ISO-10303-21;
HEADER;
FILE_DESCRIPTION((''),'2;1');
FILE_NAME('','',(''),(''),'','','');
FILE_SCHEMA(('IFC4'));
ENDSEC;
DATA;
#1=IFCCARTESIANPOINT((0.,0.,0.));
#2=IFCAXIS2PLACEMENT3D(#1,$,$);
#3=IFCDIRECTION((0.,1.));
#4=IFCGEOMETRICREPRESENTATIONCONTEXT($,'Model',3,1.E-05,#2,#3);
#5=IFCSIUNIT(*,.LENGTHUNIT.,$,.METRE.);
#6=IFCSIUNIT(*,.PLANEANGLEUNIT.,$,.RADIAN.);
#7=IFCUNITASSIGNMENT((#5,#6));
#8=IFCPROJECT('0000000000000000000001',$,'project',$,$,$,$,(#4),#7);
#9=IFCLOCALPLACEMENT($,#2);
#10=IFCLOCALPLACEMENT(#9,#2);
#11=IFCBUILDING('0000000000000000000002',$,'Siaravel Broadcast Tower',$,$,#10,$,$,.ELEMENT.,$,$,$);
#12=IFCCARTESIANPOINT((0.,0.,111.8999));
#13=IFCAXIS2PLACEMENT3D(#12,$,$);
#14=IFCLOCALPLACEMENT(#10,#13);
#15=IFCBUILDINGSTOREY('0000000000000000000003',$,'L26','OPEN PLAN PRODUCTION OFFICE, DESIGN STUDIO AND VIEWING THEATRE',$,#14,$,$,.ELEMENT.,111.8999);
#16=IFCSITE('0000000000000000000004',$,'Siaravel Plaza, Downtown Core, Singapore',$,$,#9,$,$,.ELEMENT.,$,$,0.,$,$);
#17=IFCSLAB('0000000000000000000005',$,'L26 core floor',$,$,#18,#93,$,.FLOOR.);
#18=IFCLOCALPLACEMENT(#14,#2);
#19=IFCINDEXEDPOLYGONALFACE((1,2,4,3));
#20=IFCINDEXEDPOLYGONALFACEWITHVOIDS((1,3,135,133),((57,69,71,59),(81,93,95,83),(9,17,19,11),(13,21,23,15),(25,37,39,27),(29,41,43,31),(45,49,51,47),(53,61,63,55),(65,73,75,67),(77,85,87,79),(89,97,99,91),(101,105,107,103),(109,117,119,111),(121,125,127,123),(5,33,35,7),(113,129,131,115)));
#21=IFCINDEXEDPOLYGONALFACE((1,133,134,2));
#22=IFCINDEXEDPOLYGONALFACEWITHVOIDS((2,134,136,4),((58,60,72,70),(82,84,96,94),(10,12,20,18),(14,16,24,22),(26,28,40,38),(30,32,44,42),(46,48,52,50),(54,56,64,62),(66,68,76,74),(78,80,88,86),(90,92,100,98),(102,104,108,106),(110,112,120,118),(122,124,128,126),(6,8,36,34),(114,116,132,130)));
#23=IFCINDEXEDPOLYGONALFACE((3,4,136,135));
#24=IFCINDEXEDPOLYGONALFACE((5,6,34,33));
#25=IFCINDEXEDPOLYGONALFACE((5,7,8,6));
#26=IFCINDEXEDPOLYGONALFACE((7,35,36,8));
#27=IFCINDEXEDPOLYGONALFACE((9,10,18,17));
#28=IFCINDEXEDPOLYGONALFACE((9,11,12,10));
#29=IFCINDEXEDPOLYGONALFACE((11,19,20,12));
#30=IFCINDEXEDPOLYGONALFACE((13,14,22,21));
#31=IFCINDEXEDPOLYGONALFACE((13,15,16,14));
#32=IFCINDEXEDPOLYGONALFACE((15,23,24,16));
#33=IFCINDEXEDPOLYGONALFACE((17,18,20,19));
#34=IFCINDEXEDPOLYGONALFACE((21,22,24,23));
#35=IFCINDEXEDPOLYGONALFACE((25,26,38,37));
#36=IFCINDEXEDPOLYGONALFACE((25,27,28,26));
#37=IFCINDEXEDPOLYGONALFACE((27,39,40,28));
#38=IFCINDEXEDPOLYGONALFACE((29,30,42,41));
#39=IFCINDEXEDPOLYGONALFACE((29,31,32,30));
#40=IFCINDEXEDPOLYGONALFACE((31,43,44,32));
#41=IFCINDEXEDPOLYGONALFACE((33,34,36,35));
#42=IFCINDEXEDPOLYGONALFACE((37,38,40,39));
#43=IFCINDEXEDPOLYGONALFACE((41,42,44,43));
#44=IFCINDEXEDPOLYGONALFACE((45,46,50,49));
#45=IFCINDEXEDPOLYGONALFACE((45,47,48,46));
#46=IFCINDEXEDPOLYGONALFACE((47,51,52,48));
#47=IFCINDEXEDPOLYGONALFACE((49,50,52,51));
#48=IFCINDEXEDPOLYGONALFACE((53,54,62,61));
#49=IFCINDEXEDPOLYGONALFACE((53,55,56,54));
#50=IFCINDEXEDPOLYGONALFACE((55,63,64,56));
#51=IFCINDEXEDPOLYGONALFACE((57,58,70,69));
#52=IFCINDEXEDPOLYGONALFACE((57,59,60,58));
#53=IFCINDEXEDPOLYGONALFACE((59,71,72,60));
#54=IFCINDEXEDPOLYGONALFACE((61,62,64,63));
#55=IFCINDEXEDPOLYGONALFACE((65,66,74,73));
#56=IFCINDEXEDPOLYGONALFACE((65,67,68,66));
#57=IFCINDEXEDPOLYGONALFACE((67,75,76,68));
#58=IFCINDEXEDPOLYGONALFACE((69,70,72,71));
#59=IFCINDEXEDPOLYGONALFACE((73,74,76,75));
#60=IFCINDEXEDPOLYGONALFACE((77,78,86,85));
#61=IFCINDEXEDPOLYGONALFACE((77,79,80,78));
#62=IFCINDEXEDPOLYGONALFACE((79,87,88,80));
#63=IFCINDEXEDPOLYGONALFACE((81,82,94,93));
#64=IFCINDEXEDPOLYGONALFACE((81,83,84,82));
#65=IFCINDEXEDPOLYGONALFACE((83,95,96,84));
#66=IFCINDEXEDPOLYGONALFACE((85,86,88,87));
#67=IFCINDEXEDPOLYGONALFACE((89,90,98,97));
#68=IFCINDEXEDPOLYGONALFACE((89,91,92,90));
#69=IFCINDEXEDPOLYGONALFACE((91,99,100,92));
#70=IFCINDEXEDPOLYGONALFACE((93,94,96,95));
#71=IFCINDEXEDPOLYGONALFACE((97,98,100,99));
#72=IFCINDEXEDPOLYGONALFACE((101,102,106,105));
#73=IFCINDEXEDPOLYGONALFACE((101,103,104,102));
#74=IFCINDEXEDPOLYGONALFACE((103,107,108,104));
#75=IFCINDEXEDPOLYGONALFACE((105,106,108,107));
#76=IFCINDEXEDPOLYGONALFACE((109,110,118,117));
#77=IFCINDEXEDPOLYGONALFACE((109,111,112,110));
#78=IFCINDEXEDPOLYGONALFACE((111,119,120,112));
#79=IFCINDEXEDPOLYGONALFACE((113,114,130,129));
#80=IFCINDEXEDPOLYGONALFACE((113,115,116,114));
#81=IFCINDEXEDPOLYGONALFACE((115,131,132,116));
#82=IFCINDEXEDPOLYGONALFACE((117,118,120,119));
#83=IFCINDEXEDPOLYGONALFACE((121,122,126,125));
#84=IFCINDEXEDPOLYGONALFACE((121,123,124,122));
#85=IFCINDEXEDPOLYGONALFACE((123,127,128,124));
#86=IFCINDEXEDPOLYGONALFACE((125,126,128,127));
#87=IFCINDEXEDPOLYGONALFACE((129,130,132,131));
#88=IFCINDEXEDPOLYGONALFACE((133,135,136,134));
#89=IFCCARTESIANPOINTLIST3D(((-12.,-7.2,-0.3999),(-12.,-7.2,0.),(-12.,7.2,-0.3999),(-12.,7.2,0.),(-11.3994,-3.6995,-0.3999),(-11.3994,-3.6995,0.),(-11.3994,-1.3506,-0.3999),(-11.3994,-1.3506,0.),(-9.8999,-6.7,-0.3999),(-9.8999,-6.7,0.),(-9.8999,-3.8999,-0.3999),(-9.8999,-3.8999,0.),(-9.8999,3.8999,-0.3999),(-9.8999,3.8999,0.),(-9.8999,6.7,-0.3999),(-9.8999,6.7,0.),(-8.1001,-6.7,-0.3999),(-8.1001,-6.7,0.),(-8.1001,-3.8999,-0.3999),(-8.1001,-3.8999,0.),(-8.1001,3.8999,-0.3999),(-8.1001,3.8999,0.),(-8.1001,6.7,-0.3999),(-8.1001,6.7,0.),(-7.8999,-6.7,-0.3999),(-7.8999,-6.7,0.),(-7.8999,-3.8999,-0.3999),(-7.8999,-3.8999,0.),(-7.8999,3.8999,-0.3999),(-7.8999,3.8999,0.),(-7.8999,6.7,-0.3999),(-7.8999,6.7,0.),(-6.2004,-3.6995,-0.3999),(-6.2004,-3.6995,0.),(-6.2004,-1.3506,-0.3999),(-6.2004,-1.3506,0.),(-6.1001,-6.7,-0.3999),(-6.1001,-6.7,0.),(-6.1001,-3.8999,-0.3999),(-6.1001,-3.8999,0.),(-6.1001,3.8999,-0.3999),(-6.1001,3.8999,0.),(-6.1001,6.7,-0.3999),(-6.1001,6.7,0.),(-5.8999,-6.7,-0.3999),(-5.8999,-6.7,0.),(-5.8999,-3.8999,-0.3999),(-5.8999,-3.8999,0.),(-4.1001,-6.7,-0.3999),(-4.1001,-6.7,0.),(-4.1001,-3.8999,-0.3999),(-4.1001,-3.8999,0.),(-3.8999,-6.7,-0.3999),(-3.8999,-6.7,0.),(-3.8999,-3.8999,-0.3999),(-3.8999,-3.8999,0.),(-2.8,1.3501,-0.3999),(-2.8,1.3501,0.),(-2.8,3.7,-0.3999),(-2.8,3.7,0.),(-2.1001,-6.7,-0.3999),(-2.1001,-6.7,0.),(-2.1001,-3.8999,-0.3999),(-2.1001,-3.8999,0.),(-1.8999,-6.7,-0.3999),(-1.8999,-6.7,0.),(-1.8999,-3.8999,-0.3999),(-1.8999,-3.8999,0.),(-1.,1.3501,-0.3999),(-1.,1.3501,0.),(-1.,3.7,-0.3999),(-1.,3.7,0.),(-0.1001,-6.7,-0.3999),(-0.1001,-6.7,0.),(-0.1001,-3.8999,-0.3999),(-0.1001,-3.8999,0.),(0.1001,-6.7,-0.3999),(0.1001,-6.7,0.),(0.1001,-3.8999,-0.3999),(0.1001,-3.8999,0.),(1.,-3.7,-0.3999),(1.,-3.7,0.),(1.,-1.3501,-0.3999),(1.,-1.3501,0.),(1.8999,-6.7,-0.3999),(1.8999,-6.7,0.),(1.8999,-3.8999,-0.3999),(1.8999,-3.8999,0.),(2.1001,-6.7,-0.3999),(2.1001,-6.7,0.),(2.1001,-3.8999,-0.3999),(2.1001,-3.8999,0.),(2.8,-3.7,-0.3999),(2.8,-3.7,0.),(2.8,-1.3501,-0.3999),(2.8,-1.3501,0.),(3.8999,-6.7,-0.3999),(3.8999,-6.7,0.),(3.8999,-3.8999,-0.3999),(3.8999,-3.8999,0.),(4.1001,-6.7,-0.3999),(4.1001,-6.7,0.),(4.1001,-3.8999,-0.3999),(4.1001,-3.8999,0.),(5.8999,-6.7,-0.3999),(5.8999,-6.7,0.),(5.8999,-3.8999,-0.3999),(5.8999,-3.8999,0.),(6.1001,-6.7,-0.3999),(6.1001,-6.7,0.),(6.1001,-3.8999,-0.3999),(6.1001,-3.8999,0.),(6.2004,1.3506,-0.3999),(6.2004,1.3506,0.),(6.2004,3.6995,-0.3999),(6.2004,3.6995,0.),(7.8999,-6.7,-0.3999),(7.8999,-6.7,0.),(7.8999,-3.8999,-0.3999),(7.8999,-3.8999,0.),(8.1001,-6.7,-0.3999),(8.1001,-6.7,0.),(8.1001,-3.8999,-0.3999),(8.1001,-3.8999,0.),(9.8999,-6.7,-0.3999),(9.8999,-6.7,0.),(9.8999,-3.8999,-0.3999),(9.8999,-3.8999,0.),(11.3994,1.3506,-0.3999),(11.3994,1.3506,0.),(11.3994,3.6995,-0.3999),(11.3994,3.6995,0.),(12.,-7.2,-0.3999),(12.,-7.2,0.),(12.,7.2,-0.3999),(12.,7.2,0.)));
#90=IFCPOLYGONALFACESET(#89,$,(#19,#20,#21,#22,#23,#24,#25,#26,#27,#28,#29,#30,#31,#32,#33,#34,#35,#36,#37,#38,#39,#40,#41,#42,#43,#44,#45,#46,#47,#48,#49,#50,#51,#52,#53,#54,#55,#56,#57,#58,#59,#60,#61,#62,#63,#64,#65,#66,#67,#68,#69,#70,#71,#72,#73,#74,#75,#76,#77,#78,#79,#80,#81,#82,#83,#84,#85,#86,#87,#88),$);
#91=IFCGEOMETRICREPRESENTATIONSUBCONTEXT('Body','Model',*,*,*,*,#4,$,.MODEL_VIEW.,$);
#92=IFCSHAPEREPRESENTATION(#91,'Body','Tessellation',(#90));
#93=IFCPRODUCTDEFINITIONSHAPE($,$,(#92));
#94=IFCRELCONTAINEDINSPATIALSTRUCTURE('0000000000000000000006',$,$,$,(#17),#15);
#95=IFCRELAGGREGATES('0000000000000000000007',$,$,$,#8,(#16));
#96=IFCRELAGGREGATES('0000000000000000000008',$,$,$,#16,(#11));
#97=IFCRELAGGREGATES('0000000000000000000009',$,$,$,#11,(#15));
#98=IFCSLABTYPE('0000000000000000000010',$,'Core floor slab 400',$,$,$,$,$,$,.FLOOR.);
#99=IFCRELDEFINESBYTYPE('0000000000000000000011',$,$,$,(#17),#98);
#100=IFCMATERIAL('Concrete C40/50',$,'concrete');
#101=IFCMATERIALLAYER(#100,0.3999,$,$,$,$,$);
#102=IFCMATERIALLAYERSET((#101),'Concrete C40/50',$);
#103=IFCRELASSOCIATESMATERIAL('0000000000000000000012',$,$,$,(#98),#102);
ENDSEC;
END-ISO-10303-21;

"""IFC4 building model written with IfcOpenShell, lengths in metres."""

from ifc_helpers import new_model, si_unit, direction, frame, origin, place, context, subcontext, project, spatial, polyline, outline, extrude, material, layer, layer_set, type_object, element, save


model = new_model("IFC4")

# Units and contexts
model_context = context("Model", 3, precision=1e-05, world=origin(), true_north=direction((0.0, 1.0)))
body_context = subcontext(model_context, "Body", "Model", "MODEL_VIEW")
ifc_project = project(units=[si_unit("LENGTHUNIT", "METRE"), si_unit("PLANEANGLEUNIT", "RADIAN")], contexts=[model_context])

# Site, building, storey
site_placement = place(None, origin())
site = spatial("IfcSite", under=ifc_project, at=site_placement, Name="Siaravel Plaza, Downtown Core, Singapore", CompositionType="ELEMENT", RefElevation=0.0)
building_placement = place(site_placement, origin())
building = spatial("IfcBuilding", under=site, at=building_placement, Name="Siaravel Broadcast Tower", CompositionType="ELEMENT")
storey_placement = place(building_placement, frame((0.0, 0.0, 111.8999)))
storey = spatial("IfcBuildingStorey", under=building, at=storey_placement, Name="L26", Description="OPEN PLAN PRODUCTION OFFICE, DESIGN STUDIO AND VIEWING THEATRE", CompositionType="ELEMENT", Elevation=111.8999)

# Slab
ifc_material_1 = material(Name="Concrete C40/50", Category="concrete")
ifc_layer_1 = layer(ifc_material_1, 0.3999)
ifc_layer_set_1 = layer_set([ifc_layer_1], Name="Concrete C40/50")
slab_type_1 = type_object("IfcSlabType", Name="Core floor slab 400", PredefinedType="FLOOR", material=ifc_layer_set_1)
slab_1_placement = place(storey_placement, frame((0.0, 0.0, -0.3999)))
element("IfcSlab", 1, at=slab_1_placement, inside=storey, type_object=slab_type_1, Name="L26 core floor", PredefinedType="FLOOR", context=body_context, shape_type="SweptSolid", body=[
    extrude(outline(polyline([(-12.0, -7.2), (-12.0, 7.2), (12.0, 7.2), (12.0, -7.2), (-12.0, -7.2)]), holes=[polyline([(11.3994, 1.3506), (11.3994, 3.6995), (6.2004, 3.6995), (6.2004, 1.3506), (11.3994, 1.3506)]), polyline([(9.8999, -3.8999), (8.1001, -3.8999), (8.1001, -6.7), (9.8999, -6.7), (9.8999, -3.8999)]), polyline([(7.8999, -3.8999), (6.1001, -3.8999), (6.1001, -6.7), (7.8999, -6.7), (7.8999, -3.8999)]), polyline([(5.8999, -3.8999), (4.1001, -3.8999), (4.1001, -6.7), (5.8999, -6.7), (5.8999, -3.8999)]), polyline([(3.8999, -3.8999), (2.1001, -3.8999), (2.1001, -6.7), (3.8999, -6.7), (3.8999, -3.8999)]), polyline([(2.8, -1.3501), (1.0, -1.3501), (1.0, -3.7), (2.8, -3.7), (2.8, -1.3501)]), polyline([(1.8999, -3.8999), (0.1001, -3.8999), (0.1001, -6.7), (1.8999, -6.7), (1.8999, -3.8999)]), polyline([(-0.1001, -3.8999), (-1.8999, -3.8999), (-1.8999, -6.7), (-0.1001, -6.7), (-0.1001, -3.8999)]), polyline([(-1.0, 3.7), (-2.8, 3.7), (-2.8, 1.3501), (-1.0, 1.3501), (-1.0, 3.7)]), polyline([(-2.1001, -3.8999), (-3.8999, -3.8999), (-3.8999, -6.7), (-2.1001, -6.7), (-2.1001, -3.8999)]), polyline([(-4.1001, -3.8999), (-5.8999, -3.8999), (-5.8999, -6.7), (-4.1001, -6.7), (-4.1001, -3.8999)]), polyline([(-6.1001, -3.8999), (-7.8999, -3.8999), (-7.8999, -6.7), (-6.1001, -6.7), (-6.1001, -3.8999)]), polyline([(-6.1001, 6.7), (-7.8999, 6.7), (-7.8999, 3.8999), (-6.1001, 3.8999), (-6.1001, 6.7)]), polyline([(-11.3994, -1.3506), (-11.3994, -3.6995), (-6.2004, -3.6995), (-6.2004, -1.3506), (-11.3994, -1.3506)]), polyline([(-8.1001, -3.8999), (-9.8999, -3.8999), (-9.8999, -6.7), (-8.1001, -6.7), (-8.1001, -3.8999)]), polyline([(-8.1001, 6.7), (-9.8999, 6.7), (-9.8999, 3.8999), (-8.1001, 3.8999), (-8.1001, 6.7)])]), origin(), (0.0, 0.0, 1.0), 0.3999),
])

save(model, "model.ifc")
